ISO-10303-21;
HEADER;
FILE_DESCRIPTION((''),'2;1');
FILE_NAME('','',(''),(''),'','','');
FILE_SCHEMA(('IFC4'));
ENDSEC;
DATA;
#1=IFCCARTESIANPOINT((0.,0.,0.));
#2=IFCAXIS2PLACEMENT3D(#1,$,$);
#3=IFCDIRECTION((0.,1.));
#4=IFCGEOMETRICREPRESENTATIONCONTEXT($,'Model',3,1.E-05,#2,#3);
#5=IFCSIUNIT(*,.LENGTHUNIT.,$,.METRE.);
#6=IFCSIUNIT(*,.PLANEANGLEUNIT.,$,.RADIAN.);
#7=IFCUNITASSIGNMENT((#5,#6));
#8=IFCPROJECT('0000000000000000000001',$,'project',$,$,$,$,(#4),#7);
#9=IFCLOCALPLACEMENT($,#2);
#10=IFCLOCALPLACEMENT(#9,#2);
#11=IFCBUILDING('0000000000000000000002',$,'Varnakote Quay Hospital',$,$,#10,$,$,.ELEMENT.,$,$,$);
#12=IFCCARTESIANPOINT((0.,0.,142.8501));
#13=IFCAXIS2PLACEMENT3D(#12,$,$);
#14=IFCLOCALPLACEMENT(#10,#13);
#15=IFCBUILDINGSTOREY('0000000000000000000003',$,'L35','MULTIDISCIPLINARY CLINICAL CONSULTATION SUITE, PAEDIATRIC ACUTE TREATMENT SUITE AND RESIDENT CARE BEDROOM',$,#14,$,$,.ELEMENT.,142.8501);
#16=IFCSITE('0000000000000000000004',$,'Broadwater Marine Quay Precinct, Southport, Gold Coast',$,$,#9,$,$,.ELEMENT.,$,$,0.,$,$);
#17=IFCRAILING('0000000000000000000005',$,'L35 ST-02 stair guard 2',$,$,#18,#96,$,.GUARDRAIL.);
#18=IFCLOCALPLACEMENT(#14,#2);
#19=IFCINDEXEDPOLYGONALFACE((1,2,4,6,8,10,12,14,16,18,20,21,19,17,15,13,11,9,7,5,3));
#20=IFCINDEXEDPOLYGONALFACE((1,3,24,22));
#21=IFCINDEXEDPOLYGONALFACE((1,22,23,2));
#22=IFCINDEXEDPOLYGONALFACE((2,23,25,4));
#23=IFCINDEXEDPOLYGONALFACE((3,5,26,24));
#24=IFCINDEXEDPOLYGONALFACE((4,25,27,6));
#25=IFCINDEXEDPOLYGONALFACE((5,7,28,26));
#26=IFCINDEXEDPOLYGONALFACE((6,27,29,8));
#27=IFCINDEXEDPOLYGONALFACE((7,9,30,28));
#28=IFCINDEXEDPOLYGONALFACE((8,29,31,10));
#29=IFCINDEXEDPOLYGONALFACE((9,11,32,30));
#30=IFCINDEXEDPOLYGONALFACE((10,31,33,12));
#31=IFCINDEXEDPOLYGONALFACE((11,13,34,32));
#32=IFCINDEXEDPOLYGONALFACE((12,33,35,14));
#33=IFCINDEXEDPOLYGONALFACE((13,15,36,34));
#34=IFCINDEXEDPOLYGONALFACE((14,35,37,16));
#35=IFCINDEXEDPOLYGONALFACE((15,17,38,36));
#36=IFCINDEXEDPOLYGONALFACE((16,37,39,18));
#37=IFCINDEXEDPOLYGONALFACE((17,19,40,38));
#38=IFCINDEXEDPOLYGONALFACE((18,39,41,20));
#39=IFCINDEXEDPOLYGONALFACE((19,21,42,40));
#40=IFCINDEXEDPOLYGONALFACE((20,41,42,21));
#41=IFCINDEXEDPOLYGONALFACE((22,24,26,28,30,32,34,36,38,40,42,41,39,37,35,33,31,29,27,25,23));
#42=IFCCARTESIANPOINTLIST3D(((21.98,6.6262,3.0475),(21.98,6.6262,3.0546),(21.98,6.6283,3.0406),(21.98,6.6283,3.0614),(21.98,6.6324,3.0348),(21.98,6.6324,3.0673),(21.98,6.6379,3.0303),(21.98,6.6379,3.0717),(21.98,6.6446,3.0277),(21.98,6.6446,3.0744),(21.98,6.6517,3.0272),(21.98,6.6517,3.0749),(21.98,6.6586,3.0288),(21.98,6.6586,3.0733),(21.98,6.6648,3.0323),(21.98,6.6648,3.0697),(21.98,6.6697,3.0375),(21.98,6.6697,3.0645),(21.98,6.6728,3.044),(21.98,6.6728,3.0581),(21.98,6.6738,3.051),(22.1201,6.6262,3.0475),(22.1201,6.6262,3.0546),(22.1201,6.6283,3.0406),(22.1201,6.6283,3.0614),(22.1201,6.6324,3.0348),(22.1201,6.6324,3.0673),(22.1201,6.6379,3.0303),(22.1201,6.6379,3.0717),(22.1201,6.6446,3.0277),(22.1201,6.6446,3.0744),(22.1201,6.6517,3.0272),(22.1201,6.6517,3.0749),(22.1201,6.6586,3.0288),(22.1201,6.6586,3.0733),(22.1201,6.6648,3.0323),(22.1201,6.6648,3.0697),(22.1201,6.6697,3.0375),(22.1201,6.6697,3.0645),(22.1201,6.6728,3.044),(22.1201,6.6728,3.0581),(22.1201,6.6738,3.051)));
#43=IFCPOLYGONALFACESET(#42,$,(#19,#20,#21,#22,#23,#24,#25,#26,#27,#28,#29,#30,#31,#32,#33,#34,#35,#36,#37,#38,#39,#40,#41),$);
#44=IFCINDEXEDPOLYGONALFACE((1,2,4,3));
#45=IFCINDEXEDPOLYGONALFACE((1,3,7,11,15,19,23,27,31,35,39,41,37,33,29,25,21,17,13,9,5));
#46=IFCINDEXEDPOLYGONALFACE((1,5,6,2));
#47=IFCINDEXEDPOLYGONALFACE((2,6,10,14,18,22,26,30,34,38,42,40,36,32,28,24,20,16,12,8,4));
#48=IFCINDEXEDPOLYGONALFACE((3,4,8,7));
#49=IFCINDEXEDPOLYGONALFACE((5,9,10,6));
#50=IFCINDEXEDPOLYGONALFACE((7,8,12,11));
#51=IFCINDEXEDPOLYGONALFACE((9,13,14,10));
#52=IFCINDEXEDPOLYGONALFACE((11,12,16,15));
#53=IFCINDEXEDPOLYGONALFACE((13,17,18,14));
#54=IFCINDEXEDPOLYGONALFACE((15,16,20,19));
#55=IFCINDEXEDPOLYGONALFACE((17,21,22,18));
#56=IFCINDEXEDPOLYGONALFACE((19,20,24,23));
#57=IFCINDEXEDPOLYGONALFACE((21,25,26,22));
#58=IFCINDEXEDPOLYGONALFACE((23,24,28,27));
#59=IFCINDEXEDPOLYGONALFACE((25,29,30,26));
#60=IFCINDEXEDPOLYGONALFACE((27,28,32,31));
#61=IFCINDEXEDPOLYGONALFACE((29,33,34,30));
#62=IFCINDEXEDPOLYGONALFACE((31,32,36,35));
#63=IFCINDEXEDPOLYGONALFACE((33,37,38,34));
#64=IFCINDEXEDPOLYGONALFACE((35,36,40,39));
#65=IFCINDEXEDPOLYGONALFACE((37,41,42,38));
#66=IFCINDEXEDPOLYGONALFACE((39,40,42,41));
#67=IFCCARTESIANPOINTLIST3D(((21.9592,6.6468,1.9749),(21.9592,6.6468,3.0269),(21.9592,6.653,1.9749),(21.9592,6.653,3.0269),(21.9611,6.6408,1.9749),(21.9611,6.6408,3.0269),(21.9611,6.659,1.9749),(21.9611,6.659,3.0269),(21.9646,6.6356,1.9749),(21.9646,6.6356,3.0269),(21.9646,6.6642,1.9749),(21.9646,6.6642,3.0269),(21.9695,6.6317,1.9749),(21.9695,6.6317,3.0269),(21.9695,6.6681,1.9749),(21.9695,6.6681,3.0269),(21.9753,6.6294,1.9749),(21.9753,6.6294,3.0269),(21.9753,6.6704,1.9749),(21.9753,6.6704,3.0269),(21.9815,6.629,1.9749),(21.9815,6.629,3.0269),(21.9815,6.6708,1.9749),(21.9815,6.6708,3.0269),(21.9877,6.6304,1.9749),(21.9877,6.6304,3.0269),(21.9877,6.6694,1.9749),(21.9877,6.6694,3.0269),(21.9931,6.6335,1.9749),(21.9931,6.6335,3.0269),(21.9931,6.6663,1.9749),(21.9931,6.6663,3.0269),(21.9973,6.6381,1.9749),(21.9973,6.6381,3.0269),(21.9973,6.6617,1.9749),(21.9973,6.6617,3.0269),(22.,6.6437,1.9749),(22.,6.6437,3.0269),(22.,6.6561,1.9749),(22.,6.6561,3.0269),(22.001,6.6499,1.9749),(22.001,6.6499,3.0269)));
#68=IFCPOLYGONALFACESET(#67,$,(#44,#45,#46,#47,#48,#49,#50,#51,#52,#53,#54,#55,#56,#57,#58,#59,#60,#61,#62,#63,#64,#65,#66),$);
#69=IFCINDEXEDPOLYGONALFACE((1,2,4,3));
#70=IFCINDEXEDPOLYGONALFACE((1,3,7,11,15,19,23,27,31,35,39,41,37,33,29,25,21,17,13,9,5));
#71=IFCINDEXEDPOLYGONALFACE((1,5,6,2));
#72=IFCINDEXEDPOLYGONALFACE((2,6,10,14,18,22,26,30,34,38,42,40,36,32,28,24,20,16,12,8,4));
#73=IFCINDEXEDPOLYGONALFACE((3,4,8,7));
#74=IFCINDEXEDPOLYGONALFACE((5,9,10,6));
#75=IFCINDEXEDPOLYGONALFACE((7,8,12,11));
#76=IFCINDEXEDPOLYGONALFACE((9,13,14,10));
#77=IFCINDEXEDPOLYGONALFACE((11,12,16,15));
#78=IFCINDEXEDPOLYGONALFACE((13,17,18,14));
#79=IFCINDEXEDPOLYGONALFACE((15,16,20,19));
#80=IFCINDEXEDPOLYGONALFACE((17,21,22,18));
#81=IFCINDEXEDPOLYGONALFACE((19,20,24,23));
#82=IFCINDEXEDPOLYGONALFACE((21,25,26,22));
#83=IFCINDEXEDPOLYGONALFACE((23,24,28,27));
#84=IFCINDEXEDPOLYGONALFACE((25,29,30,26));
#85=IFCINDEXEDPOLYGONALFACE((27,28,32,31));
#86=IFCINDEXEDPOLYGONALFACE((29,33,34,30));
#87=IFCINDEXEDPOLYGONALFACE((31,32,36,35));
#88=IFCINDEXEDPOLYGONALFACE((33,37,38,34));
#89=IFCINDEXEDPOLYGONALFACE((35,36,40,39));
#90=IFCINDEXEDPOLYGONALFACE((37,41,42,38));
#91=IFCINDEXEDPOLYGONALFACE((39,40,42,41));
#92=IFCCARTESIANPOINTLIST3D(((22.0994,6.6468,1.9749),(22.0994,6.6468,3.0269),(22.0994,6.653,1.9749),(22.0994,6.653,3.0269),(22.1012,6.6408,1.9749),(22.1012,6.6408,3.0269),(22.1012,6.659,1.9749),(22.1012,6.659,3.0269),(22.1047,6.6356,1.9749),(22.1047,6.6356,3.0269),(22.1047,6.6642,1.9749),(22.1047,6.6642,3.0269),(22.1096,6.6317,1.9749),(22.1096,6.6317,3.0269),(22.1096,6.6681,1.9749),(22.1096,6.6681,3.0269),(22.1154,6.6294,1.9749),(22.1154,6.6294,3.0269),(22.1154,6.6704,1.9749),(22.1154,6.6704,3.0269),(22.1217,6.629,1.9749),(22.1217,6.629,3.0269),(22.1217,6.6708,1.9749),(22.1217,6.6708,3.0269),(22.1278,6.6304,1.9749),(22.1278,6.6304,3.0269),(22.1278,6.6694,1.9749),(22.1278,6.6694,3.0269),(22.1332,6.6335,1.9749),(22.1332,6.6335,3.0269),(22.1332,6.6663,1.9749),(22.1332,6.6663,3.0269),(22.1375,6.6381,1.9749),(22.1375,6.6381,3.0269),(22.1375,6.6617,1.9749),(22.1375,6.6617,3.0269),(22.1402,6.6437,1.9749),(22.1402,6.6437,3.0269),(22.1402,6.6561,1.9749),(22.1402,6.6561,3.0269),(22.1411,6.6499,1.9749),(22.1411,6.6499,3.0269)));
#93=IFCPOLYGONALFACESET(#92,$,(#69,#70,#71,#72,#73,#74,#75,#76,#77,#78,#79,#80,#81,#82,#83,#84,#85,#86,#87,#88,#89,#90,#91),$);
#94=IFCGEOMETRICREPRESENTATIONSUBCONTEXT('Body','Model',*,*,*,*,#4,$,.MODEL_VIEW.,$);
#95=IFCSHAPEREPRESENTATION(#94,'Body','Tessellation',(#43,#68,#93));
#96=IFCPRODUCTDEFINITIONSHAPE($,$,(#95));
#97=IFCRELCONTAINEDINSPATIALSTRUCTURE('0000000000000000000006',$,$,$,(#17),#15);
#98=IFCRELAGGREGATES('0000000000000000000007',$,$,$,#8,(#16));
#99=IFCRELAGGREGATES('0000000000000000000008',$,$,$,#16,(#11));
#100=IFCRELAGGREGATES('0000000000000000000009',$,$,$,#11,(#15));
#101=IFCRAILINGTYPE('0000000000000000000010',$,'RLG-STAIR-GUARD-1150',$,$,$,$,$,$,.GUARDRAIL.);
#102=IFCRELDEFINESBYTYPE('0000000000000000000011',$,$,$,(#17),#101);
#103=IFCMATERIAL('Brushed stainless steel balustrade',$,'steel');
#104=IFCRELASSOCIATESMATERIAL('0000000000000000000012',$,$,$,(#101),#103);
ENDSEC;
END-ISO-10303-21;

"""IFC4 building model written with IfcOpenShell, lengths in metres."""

from ifc_helpers import new_model, si_unit, direction, frame, origin, origin_2d, place, context, subcontext, project, spatial, circle, extrude, material, type_object, element, save


model = new_model("IFC4")

# Units and contexts
model_context = context("Model", 3, precision=1e-05, world=origin(), true_north=direction((0.0, 1.0)))
body_context = subcontext(model_context, "Body", "Model", "MODEL_VIEW")
ifc_project = project(units=[si_unit("LENGTHUNIT", "METRE"), si_unit("PLANEANGLEUNIT", "RADIAN")], contexts=[model_context])

# Site, building, storey
site_placement = place(None, origin())
site = spatial("IfcSite", under=ifc_project, at=site_placement, Name="Broadwater Marine Quay Precinct, Southport, Gold Coast", CompositionType="ELEMENT", RefElevation=0.0)
building_placement = place(site_placement, origin())
building = spatial("IfcBuilding", under=site, at=building_placement, Name="Varnakote Quay Hospital", CompositionType="ELEMENT")
storey_placement = place(building_placement, frame((0.0, 0.0, 142.8501)))
storey = spatial("IfcBuildingStorey", under=building, at=storey_placement, Name="L35", Description="MULTIDISCIPLINARY CLINICAL CONSULTATION SUITE, PAEDIATRIC ACUTE TREATMENT SUITE AND RESIDENT CARE BEDROOM", CompositionType="ELEMENT", Elevation=142.8501)

# Railing
ifc_material_1 = material(Name="Brushed stainless steel balustrade", Category="steel")
railing_type_1 = type_object("IfcRailingType", Name="RLG-STAIR-GUARD-1150", PredefinedType="GUARDRAIL", material=ifc_material_1)
railing_1_placement = place(storey_placement, frame((21.98, 6.6499, 1.9749)))
element("IfcRailing", 1, at=railing_1_placement, inside=storey, type_object=railing_type_1, Name="L35 ST-02 stair guard 2", PredefinedType="GUARDRAIL", context=body_context, shape_type="SweptSolid", body=[
    extrude(circle(Radius=0.0239, at=origin_2d()), frame((0.0, 0.0, 1.0762), z_axis=(1.0, 0.0, 0.0), x_axis=(0.0, 1.0, 0.0)), (0.0, 0.0, 1.0), 0.1401),
    extrude(circle(Radius=0.021, at=origin_2d()), origin(), (0.0, 0.0, 1.0), 1.052),
    extrude(circle(Radius=0.021, at=origin_2d()), frame((0.1401, 0.0, 0.0)), (0.0, 0.0, 1.0), 1.052),
])

save(model, "model.ifc")
